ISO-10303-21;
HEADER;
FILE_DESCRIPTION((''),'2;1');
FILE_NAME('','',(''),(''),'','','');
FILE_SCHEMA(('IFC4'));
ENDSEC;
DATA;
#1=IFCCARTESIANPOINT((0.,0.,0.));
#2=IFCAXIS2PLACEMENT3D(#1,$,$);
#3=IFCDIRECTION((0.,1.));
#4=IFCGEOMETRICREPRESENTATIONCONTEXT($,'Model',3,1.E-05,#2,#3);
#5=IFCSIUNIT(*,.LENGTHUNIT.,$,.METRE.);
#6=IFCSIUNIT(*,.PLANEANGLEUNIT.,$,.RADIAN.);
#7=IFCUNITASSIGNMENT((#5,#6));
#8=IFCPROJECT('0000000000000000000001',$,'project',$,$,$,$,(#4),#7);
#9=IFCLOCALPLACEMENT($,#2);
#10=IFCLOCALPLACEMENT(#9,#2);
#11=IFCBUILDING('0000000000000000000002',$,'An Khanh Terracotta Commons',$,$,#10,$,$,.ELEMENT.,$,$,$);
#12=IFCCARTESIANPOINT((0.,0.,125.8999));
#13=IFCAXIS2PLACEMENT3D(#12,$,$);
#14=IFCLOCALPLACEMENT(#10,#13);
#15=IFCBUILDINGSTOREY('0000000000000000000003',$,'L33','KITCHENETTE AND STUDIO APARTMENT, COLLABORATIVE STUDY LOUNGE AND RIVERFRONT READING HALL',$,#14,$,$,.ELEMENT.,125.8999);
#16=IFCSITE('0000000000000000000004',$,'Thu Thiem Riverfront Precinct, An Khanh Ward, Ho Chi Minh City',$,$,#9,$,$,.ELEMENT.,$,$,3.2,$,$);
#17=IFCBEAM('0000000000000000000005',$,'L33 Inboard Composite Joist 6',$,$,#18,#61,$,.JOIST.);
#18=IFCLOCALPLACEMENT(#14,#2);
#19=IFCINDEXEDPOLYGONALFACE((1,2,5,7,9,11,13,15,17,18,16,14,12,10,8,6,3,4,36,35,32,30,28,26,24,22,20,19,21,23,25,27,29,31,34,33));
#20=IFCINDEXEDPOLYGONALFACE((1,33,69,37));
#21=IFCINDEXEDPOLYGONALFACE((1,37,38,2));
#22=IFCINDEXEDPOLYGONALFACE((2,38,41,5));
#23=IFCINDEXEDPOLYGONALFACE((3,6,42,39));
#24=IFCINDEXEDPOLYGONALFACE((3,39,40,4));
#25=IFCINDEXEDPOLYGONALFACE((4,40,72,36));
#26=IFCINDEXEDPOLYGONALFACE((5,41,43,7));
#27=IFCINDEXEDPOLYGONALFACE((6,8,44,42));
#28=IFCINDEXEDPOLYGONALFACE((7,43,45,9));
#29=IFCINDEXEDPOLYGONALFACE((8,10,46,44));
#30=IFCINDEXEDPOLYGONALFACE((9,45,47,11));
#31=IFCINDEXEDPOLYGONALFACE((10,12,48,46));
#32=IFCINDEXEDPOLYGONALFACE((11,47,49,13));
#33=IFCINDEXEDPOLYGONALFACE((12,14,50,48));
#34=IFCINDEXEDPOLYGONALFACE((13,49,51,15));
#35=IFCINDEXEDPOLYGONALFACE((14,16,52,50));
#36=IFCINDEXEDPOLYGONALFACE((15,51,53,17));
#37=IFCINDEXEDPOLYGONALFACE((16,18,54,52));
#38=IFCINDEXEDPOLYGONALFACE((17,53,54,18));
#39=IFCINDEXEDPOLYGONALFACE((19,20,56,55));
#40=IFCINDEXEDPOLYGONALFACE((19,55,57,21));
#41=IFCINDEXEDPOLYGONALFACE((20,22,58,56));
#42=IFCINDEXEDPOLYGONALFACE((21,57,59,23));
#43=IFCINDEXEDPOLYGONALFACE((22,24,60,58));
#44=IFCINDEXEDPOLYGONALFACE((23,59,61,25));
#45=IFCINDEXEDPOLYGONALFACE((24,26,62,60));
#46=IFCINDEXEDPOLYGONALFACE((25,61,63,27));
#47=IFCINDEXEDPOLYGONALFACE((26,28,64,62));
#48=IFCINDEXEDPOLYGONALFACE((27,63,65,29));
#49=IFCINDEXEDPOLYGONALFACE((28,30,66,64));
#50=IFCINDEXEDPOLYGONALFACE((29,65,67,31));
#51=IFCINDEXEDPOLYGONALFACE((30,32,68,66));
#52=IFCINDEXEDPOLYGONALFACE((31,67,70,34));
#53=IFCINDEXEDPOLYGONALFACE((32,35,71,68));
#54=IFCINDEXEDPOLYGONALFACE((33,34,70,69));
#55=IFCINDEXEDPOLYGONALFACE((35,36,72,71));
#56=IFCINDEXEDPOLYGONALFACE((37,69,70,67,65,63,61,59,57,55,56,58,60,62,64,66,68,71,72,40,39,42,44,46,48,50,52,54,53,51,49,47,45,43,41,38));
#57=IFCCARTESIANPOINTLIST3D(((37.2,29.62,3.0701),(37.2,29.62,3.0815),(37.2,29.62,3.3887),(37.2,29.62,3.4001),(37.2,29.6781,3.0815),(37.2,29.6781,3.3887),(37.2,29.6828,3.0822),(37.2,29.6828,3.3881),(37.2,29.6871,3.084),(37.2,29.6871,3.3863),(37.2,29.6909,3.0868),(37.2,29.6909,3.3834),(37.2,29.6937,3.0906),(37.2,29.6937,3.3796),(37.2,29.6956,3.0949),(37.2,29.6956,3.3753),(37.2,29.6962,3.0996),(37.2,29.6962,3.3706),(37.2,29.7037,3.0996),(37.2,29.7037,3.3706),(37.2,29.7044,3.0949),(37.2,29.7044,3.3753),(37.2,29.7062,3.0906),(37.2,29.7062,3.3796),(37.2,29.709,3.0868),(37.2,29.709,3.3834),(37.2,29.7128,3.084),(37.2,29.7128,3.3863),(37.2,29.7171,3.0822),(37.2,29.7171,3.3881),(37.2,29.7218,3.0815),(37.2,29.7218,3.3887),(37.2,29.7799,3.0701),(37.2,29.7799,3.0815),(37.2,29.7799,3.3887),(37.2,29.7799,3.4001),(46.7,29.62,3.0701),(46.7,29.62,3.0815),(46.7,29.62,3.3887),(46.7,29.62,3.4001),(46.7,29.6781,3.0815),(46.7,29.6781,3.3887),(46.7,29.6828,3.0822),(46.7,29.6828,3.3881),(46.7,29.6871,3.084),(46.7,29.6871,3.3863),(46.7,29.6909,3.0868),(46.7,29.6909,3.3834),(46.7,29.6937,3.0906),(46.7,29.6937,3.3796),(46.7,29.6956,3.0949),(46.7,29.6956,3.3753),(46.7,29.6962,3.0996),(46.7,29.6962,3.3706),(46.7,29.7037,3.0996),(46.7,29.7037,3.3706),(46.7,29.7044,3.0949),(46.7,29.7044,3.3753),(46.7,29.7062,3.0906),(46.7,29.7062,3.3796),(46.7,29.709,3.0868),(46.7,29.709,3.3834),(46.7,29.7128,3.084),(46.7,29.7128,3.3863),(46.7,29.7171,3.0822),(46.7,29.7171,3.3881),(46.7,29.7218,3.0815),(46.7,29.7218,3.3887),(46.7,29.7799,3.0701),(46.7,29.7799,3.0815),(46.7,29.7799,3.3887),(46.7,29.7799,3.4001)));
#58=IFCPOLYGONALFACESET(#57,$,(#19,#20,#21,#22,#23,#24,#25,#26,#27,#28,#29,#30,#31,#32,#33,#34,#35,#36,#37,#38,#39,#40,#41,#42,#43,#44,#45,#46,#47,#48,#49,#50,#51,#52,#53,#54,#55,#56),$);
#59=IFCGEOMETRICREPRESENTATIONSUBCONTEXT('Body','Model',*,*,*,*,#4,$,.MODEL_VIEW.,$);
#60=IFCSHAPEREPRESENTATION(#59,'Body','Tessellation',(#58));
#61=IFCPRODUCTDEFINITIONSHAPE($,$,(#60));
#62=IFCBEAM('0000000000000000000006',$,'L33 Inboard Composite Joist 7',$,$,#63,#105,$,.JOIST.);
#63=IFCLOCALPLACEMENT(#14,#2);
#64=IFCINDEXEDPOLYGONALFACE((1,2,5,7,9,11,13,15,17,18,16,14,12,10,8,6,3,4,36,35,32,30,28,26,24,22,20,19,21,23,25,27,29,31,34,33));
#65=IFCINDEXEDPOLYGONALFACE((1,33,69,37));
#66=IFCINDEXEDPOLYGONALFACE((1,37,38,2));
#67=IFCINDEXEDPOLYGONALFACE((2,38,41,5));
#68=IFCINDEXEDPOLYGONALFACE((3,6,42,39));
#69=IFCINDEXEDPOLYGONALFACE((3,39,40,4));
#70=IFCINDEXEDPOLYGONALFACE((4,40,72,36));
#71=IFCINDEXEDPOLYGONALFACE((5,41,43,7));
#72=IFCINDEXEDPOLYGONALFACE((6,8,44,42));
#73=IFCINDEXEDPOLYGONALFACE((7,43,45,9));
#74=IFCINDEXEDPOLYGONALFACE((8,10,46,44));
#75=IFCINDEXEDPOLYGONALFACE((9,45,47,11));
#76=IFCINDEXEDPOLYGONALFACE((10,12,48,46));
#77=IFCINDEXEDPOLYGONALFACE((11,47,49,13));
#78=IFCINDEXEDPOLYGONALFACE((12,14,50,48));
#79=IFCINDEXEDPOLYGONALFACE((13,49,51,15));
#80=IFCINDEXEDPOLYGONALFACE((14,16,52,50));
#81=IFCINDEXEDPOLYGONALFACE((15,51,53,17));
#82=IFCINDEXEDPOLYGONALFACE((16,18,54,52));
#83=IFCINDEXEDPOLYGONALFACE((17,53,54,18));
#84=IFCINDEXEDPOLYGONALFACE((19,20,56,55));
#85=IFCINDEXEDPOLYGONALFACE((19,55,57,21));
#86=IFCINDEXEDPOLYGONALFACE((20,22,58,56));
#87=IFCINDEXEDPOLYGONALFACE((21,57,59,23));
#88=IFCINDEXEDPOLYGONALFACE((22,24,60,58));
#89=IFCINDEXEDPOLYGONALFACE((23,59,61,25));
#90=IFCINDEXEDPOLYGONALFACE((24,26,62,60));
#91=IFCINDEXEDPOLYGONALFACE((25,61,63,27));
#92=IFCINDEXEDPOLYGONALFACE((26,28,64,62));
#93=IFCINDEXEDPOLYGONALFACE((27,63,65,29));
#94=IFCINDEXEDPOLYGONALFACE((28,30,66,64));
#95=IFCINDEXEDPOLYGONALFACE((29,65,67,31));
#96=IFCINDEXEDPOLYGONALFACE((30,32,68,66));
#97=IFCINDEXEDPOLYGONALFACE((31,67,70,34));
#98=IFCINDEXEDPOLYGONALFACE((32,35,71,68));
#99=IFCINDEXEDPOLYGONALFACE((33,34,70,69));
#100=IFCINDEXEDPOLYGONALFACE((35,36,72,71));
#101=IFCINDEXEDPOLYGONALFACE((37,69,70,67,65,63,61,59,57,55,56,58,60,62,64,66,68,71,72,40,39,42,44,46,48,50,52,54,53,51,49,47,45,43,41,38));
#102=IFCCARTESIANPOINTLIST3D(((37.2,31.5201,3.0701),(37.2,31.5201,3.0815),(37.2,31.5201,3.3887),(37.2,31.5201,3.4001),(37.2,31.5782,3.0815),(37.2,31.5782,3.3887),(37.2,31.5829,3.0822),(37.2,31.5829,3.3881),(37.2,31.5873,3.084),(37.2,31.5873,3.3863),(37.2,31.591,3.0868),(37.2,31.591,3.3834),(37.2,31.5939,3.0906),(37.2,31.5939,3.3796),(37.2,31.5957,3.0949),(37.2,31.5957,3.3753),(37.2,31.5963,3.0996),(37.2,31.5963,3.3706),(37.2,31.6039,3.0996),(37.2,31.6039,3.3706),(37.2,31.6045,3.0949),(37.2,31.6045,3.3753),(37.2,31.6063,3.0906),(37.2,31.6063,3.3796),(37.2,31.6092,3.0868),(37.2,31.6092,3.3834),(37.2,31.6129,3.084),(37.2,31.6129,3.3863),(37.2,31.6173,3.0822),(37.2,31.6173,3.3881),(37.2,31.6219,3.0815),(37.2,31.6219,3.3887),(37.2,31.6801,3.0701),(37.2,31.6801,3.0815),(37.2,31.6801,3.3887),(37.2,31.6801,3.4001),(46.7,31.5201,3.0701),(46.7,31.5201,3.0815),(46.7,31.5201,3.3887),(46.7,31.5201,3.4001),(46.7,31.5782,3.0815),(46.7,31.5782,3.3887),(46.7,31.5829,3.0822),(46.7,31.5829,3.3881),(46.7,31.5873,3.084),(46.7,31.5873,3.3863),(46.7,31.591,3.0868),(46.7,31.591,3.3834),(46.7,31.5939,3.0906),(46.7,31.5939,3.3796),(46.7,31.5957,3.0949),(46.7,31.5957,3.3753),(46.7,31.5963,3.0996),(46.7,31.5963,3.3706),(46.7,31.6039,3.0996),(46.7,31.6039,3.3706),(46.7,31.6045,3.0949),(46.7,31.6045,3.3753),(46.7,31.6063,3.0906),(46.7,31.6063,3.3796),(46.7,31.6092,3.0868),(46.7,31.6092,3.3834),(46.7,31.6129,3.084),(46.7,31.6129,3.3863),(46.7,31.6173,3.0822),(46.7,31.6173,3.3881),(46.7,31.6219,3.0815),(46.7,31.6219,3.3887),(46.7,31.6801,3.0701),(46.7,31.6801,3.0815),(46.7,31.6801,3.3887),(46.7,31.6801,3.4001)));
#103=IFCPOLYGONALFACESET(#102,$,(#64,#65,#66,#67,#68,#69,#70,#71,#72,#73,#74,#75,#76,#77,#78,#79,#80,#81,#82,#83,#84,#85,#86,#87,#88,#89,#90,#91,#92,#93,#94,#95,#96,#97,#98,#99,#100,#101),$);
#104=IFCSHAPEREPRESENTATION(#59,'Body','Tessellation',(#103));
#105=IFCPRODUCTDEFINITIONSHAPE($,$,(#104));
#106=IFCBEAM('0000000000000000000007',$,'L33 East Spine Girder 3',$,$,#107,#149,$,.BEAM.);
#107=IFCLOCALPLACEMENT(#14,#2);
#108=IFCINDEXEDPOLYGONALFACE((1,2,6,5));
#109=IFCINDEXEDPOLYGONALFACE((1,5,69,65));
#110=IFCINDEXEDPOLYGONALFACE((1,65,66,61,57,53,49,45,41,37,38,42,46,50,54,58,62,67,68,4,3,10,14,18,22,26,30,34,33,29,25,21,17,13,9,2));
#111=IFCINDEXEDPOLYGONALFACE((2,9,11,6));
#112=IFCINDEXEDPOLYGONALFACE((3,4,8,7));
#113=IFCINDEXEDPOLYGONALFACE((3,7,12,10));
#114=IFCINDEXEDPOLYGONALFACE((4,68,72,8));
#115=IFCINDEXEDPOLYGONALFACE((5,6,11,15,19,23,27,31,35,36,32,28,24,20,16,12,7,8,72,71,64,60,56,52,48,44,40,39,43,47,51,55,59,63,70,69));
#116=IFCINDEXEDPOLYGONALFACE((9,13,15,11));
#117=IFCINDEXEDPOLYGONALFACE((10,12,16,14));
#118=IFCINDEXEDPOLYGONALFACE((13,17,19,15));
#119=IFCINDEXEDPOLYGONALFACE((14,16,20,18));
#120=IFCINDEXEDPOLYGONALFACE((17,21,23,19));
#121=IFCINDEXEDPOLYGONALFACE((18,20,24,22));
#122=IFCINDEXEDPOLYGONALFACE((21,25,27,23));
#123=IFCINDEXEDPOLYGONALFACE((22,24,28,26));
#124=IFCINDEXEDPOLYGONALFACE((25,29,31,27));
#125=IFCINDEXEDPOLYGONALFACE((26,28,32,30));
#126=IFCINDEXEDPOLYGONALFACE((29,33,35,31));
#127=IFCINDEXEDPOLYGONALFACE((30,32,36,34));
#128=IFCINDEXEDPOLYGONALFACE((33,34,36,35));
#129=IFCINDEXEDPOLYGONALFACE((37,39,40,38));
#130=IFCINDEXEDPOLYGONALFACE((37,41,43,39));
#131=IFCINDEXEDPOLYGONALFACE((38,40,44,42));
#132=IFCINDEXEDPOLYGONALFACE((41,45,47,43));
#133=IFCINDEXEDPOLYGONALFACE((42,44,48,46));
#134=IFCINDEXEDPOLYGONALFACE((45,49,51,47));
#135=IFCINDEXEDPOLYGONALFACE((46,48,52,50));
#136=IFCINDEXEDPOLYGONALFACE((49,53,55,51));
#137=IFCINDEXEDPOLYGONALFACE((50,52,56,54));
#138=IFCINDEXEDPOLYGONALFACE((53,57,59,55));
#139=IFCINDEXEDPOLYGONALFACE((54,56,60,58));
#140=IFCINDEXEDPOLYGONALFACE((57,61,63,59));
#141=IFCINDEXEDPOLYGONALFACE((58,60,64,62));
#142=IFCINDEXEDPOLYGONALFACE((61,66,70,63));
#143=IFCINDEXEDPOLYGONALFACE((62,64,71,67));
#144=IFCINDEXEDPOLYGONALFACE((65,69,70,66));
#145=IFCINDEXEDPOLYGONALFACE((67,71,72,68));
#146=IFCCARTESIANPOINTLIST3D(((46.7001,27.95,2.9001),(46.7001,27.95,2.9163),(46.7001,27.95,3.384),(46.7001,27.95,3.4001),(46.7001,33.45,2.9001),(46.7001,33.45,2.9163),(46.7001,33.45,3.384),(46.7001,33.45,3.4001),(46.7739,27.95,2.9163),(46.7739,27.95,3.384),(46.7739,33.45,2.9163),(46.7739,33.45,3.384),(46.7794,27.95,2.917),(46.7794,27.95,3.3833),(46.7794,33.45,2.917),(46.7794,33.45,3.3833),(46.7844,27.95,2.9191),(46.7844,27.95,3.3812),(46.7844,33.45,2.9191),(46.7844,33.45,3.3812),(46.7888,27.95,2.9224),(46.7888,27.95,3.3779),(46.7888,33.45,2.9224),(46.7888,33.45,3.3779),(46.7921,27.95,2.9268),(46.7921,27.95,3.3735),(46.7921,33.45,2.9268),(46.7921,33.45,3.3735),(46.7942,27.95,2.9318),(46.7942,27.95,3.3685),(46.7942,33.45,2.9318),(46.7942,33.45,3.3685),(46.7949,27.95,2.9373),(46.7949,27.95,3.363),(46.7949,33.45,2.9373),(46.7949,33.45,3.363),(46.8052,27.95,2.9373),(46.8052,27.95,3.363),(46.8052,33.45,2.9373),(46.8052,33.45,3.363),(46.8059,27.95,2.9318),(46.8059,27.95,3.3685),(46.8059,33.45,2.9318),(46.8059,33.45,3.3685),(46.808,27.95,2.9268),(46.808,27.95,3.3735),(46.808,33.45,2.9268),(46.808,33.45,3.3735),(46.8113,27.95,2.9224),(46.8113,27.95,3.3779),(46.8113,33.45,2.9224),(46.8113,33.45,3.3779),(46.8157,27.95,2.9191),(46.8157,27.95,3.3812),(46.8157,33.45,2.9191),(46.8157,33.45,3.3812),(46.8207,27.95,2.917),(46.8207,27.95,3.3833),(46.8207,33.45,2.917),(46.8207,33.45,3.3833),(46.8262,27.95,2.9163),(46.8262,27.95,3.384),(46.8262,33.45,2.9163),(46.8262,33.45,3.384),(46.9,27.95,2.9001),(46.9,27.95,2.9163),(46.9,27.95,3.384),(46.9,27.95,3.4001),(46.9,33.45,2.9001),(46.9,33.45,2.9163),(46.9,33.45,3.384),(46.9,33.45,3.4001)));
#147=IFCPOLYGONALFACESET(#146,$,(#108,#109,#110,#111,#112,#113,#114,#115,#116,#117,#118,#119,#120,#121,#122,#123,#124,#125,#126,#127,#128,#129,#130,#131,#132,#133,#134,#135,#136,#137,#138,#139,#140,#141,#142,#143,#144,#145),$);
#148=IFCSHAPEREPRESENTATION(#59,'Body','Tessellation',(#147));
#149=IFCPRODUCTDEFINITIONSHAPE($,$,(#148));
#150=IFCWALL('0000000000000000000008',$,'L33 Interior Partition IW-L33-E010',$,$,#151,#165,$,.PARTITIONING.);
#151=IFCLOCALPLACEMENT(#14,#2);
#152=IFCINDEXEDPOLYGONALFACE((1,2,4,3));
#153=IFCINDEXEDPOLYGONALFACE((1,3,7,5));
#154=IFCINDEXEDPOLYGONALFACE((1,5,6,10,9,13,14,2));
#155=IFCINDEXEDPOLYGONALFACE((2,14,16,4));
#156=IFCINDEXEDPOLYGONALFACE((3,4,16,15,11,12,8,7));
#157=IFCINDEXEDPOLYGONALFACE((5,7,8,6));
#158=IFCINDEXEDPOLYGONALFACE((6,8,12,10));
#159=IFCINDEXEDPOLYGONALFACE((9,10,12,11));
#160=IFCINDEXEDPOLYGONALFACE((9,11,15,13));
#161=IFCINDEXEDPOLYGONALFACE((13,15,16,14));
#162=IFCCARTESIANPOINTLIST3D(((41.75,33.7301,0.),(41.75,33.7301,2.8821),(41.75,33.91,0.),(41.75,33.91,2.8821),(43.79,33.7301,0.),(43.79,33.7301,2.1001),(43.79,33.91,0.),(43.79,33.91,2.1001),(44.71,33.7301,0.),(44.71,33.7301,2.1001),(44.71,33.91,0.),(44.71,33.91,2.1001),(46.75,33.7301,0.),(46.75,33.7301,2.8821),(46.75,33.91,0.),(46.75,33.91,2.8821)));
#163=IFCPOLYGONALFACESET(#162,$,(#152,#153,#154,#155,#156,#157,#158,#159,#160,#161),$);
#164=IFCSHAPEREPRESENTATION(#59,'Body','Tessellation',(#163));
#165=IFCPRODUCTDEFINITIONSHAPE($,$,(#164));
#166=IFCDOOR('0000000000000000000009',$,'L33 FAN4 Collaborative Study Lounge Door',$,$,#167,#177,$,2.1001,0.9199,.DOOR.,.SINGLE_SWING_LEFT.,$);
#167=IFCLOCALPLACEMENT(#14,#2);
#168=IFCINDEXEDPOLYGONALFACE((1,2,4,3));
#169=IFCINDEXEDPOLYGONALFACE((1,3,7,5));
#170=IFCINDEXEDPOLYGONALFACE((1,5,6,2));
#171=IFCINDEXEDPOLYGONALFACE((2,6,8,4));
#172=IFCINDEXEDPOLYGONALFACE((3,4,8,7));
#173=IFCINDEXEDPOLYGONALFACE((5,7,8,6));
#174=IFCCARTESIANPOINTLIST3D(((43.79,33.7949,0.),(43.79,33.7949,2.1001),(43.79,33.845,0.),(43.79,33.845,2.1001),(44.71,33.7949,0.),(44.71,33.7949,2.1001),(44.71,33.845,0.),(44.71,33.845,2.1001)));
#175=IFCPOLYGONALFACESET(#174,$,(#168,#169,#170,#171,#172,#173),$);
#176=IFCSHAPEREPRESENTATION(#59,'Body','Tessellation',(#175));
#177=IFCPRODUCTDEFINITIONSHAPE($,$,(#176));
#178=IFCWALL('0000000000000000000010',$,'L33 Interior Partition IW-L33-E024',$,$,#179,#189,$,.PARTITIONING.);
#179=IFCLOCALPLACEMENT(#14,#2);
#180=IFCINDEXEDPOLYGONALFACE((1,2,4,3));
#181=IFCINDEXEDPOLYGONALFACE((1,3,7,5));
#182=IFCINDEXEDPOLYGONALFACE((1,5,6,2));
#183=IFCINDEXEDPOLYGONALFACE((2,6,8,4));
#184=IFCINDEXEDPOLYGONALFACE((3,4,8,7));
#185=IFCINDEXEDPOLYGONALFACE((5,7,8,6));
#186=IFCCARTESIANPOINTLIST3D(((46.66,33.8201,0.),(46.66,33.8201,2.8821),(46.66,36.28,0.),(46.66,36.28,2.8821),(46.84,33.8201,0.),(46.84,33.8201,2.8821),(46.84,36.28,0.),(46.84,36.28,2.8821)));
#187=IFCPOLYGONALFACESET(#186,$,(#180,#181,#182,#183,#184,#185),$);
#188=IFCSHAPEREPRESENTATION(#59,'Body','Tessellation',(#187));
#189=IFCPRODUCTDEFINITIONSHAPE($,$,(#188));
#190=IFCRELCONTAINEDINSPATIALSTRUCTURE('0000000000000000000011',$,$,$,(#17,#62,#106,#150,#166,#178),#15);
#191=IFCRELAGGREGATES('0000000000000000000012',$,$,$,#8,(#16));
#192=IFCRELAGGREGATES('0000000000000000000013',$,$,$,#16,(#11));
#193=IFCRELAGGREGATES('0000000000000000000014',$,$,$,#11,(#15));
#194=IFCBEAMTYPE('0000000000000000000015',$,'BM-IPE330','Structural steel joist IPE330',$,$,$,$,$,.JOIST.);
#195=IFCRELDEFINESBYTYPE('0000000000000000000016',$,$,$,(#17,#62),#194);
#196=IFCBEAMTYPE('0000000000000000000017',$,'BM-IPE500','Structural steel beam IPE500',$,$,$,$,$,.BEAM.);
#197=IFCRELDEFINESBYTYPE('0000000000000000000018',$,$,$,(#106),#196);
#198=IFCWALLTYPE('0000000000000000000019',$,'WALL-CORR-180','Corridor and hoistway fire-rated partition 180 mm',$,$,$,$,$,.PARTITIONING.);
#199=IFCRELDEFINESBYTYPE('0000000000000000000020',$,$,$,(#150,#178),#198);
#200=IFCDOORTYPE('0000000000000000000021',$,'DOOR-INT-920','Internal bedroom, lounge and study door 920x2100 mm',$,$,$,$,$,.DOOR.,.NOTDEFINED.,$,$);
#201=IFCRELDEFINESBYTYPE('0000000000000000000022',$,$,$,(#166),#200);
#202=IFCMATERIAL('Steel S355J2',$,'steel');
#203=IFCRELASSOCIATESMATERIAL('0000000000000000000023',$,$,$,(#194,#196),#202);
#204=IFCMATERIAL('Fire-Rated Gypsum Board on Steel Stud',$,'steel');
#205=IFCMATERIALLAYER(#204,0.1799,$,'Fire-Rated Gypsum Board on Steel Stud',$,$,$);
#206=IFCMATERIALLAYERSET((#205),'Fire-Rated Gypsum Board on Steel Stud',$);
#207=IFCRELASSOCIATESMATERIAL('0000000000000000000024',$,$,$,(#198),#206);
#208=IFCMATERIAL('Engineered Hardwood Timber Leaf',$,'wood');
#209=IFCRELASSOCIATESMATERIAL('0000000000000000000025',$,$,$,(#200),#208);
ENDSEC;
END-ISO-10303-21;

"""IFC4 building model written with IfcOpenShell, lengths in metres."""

from ifc_helpers import new_model, si_unit, direction, frame, frame_2d, origin, origin_2d, place, context, subcontext, project, spatial, rectangle, i_section, extrude, material, layer, layer_set, material_profile, profile_set, type_object, element, fill, save


model = new_model("IFC4")

# Units and contexts
model_context = context("Model", 3, precision=1e-05, world=origin(), true_north=direction((0.0, 1.0)))
body_context = subcontext(model_context, "Body", "Model", "MODEL_VIEW")
ifc_project = project(units=[si_unit("LENGTHUNIT", "METRE"), si_unit("PLANEANGLEUNIT", "RADIAN")], contexts=[model_context])

# Site, building, storey
site_placement = place(None, origin())
site = spatial("IfcSite", under=ifc_project, at=site_placement, Name="Thu Thiem Riverfront Precinct, An Khanh Ward, Ho Chi Minh City", CompositionType="ELEMENT", RefElevation=3.2)
building_placement = place(site_placement, origin())
building = spatial("IfcBuilding", under=site, at=building_placement, Name="An Khanh Terracotta Commons", CompositionType="ELEMENT")
storey_placement = place(building_placement, frame((0.0, 0.0, 125.8999)))
storey = spatial("IfcBuildingStorey", under=building, at=storey_placement, Name="L33", Description="KITCHENETTE AND STUDIO APARTMENT, COLLABORATIVE STUDY LOUNGE AND RIVERFRONT READING HALL", CompositionType="ELEMENT", Elevation=125.8999)

# Beams
ifc_material_1 = material(Name="Steel S355J2", Category="steel")
ifc_material_profile_1 = material_profile(ifc_material_1, i_section(OverallWidth=0.1599, OverallDepth=0.3301, WebThickness=0.0076, FlangeThickness=0.0115, FilletRadius=0.0181, at=origin_2d()), Name="IPE330")
ifc_profile_set_1 = profile_set([ifc_material_profile_1], Name="Steel S355J2")
beam_type_1 = type_object("IfcBeamType", Name="BM-IPE330", Description="Structural steel joist IPE330", PredefinedType="JOIST", material=ifc_profile_set_1)
for number, where, z_axis, x_axis, name in (
    (1, (37.2, 29.7, 3.2351), (1.0, 0.0, 0.0), (0.0, 1.0, 0.0), "L33 Inboard Composite Joist 6"),
    (2, (37.2, 31.6001, 3.2351), (1.0, 0.0, 0.0), (0.0, 1.0, 0.0), "L33 Inboard Composite Joist 7"),
):
    element("IfcBeam", number, at=place(storey_placement, frame(where, z_axis=z_axis, x_axis=x_axis)), inside=storey, type_object=beam_type_1, Name=name, PredefinedType="JOIST", context=body_context, shape_type="SweptSolid", body=[
        extrude(i_section(OverallWidth=0.1599, OverallDepth=0.3301, WebThickness=0.0076, FlangeThickness=0.0115, FilletRadius=0.0181, at=origin_2d()), origin(), (0.0, 0.0, 1.0), 9.5),
    ])
ifc_material_profile_2 = material_profile(ifc_material_1, i_section(OverallWidth=0.2, OverallDepth=0.5, WebThickness=0.0103, FlangeThickness=0.0161, FilletRadius=0.021, at=origin_2d()), Name="IPE500")
ifc_profile_set_2 = profile_set([ifc_material_profile_2], Name="Steel S355J2")
beam_type_2 = type_object("IfcBeamType", Name="BM-IPE500", Description="Structural steel beam IPE500", PredefinedType="BEAM", material=ifc_profile_set_2)
beam_placement = place(storey_placement, frame((46.8, 27.95, 3.1501), z_axis=(0.0, 1.0, 0.0), x_axis=(-1.0, 0.0, 0.0)))
element("IfcBeam", 3, at=beam_placement, inside=storey, type_object=beam_type_2, Name="L33 East Spine Girder 3", PredefinedType="BEAM", context=body_context, shape_type="SweptSolid", body=[
    extrude(i_section(OverallWidth=0.2, OverallDepth=0.5, WebThickness=0.0103, FlangeThickness=0.0161, FilletRadius=0.021, at=origin_2d()), origin(), (0.0, 0.0, 1.0), 5.5),
])

# Wall, opening, door
ifc_material_2 = material(Name="Fire-Rated Gypsum Board on Steel Stud", Category="steel")
ifc_layer_1 = layer(ifc_material_2, 0.1799, Name="Fire-Rated Gypsum Board on Steel Stud")
ifc_layer_set_1 = layer_set([ifc_layer_1], Name="Fire-Rated Gypsum Board on Steel Stud")
wall_type_1 = type_object("IfcWallType", Name="WALL-CORR-180", Description="Corridor and hoistway fire-rated partition 180 mm", PredefinedType="PARTITIONING", material=ifc_layer_set_1)
wall_1_placement = place(storey_placement, frame((41.75, 33.8201, 0.0), z_axis=(0.0, 0.0, 1.0), x_axis=(1.0, 0.0, 0.0)))
wall_1 = element("IfcWall", 4, at=wall_1_placement, inside=storey, type_object=wall_type_1, Name="L33 Interior Partition IW-L33-E010", PredefinedType="PARTITIONING", context=body_context, shape_type="SweptSolid", body=[
    extrude(rectangle(XDim=5.0, YDim=0.1799, at=frame_2d((2.5, 0.0))), origin(), (0.0, 0.0, 1.0), 2.8821),
])
opening_1_placement = place(wall_1_placement, frame((2.04, 0.0, 0.0)))
opening_1 = element("IfcOpeningElement", 5, at=opening_1_placement, cuts=wall_1, PredefinedType="OPENING", context=body_context, shape_type="SweptSolid", body=[
    extrude(rectangle(XDim=0.9199, YDim=2.1001, at=frame_2d((0.46, 1.05))), frame((0.0, 0.0999, 0.0), z_axis=(0.0, -1.0, 0.0), x_axis=(1.0, 0.0, 0.0)), (0.0, 0.0, 1.0), 0.2),
])
ifc_material_3 = material(Name="Engineered Hardwood Timber Leaf", Category="wood")
door_type_1 = type_object("IfcDoorType", Name="DOOR-INT-920", Description="Internal bedroom, lounge and study door 920x2100 mm", OperationType="NOTDEFINED", PredefinedType="DOOR", material=ifc_material_3)
door_1_placement = place(opening_1_placement, origin())
door_1 = element("IfcDoor", 6, at=door_1_placement, inside=storey, type_object=door_type_1, Name="L33 FAN4 Collaborative Study Lounge Door", OperationType="SINGLE_SWING_LEFT", OverallHeight=2.1001, OverallWidth=0.9199, PredefinedType="DOOR", context=body_context, shape_type="SweptSolid", body=[
    extrude(rectangle(XDim=0.9199, YDim=2.1001, at=frame_2d((0.46, 1.05))), frame((0.0, 0.0249, 0.0), z_axis=(0.0, -1.0, 0.0), x_axis=(1.0, 0.0, 0.0)), (0.0, 0.0, 1.0), 0.05),
])
fill(opening_1, door_1)

# Wall
wall_2_placement = place(storey_placement, frame((46.75, 33.8201, 0.0), z_axis=(0.0, 0.0, 1.0), x_axis=(0.0, 1.0, 0.0)))
element("IfcWall", 7, at=wall_2_placement, inside=storey, type_object=wall_type_1, Name="L33 Interior Partition IW-L33-E024", PredefinedType="PARTITIONING", context=body_context, shape_type="SweptSolid", body=[
    extrude(rectangle(XDim=2.46, YDim=0.1799, at=frame_2d((1.23, 0.0))), origin(), (0.0, 0.0, 1.0), 2.8821),
])

save(model, "model.ifc")
